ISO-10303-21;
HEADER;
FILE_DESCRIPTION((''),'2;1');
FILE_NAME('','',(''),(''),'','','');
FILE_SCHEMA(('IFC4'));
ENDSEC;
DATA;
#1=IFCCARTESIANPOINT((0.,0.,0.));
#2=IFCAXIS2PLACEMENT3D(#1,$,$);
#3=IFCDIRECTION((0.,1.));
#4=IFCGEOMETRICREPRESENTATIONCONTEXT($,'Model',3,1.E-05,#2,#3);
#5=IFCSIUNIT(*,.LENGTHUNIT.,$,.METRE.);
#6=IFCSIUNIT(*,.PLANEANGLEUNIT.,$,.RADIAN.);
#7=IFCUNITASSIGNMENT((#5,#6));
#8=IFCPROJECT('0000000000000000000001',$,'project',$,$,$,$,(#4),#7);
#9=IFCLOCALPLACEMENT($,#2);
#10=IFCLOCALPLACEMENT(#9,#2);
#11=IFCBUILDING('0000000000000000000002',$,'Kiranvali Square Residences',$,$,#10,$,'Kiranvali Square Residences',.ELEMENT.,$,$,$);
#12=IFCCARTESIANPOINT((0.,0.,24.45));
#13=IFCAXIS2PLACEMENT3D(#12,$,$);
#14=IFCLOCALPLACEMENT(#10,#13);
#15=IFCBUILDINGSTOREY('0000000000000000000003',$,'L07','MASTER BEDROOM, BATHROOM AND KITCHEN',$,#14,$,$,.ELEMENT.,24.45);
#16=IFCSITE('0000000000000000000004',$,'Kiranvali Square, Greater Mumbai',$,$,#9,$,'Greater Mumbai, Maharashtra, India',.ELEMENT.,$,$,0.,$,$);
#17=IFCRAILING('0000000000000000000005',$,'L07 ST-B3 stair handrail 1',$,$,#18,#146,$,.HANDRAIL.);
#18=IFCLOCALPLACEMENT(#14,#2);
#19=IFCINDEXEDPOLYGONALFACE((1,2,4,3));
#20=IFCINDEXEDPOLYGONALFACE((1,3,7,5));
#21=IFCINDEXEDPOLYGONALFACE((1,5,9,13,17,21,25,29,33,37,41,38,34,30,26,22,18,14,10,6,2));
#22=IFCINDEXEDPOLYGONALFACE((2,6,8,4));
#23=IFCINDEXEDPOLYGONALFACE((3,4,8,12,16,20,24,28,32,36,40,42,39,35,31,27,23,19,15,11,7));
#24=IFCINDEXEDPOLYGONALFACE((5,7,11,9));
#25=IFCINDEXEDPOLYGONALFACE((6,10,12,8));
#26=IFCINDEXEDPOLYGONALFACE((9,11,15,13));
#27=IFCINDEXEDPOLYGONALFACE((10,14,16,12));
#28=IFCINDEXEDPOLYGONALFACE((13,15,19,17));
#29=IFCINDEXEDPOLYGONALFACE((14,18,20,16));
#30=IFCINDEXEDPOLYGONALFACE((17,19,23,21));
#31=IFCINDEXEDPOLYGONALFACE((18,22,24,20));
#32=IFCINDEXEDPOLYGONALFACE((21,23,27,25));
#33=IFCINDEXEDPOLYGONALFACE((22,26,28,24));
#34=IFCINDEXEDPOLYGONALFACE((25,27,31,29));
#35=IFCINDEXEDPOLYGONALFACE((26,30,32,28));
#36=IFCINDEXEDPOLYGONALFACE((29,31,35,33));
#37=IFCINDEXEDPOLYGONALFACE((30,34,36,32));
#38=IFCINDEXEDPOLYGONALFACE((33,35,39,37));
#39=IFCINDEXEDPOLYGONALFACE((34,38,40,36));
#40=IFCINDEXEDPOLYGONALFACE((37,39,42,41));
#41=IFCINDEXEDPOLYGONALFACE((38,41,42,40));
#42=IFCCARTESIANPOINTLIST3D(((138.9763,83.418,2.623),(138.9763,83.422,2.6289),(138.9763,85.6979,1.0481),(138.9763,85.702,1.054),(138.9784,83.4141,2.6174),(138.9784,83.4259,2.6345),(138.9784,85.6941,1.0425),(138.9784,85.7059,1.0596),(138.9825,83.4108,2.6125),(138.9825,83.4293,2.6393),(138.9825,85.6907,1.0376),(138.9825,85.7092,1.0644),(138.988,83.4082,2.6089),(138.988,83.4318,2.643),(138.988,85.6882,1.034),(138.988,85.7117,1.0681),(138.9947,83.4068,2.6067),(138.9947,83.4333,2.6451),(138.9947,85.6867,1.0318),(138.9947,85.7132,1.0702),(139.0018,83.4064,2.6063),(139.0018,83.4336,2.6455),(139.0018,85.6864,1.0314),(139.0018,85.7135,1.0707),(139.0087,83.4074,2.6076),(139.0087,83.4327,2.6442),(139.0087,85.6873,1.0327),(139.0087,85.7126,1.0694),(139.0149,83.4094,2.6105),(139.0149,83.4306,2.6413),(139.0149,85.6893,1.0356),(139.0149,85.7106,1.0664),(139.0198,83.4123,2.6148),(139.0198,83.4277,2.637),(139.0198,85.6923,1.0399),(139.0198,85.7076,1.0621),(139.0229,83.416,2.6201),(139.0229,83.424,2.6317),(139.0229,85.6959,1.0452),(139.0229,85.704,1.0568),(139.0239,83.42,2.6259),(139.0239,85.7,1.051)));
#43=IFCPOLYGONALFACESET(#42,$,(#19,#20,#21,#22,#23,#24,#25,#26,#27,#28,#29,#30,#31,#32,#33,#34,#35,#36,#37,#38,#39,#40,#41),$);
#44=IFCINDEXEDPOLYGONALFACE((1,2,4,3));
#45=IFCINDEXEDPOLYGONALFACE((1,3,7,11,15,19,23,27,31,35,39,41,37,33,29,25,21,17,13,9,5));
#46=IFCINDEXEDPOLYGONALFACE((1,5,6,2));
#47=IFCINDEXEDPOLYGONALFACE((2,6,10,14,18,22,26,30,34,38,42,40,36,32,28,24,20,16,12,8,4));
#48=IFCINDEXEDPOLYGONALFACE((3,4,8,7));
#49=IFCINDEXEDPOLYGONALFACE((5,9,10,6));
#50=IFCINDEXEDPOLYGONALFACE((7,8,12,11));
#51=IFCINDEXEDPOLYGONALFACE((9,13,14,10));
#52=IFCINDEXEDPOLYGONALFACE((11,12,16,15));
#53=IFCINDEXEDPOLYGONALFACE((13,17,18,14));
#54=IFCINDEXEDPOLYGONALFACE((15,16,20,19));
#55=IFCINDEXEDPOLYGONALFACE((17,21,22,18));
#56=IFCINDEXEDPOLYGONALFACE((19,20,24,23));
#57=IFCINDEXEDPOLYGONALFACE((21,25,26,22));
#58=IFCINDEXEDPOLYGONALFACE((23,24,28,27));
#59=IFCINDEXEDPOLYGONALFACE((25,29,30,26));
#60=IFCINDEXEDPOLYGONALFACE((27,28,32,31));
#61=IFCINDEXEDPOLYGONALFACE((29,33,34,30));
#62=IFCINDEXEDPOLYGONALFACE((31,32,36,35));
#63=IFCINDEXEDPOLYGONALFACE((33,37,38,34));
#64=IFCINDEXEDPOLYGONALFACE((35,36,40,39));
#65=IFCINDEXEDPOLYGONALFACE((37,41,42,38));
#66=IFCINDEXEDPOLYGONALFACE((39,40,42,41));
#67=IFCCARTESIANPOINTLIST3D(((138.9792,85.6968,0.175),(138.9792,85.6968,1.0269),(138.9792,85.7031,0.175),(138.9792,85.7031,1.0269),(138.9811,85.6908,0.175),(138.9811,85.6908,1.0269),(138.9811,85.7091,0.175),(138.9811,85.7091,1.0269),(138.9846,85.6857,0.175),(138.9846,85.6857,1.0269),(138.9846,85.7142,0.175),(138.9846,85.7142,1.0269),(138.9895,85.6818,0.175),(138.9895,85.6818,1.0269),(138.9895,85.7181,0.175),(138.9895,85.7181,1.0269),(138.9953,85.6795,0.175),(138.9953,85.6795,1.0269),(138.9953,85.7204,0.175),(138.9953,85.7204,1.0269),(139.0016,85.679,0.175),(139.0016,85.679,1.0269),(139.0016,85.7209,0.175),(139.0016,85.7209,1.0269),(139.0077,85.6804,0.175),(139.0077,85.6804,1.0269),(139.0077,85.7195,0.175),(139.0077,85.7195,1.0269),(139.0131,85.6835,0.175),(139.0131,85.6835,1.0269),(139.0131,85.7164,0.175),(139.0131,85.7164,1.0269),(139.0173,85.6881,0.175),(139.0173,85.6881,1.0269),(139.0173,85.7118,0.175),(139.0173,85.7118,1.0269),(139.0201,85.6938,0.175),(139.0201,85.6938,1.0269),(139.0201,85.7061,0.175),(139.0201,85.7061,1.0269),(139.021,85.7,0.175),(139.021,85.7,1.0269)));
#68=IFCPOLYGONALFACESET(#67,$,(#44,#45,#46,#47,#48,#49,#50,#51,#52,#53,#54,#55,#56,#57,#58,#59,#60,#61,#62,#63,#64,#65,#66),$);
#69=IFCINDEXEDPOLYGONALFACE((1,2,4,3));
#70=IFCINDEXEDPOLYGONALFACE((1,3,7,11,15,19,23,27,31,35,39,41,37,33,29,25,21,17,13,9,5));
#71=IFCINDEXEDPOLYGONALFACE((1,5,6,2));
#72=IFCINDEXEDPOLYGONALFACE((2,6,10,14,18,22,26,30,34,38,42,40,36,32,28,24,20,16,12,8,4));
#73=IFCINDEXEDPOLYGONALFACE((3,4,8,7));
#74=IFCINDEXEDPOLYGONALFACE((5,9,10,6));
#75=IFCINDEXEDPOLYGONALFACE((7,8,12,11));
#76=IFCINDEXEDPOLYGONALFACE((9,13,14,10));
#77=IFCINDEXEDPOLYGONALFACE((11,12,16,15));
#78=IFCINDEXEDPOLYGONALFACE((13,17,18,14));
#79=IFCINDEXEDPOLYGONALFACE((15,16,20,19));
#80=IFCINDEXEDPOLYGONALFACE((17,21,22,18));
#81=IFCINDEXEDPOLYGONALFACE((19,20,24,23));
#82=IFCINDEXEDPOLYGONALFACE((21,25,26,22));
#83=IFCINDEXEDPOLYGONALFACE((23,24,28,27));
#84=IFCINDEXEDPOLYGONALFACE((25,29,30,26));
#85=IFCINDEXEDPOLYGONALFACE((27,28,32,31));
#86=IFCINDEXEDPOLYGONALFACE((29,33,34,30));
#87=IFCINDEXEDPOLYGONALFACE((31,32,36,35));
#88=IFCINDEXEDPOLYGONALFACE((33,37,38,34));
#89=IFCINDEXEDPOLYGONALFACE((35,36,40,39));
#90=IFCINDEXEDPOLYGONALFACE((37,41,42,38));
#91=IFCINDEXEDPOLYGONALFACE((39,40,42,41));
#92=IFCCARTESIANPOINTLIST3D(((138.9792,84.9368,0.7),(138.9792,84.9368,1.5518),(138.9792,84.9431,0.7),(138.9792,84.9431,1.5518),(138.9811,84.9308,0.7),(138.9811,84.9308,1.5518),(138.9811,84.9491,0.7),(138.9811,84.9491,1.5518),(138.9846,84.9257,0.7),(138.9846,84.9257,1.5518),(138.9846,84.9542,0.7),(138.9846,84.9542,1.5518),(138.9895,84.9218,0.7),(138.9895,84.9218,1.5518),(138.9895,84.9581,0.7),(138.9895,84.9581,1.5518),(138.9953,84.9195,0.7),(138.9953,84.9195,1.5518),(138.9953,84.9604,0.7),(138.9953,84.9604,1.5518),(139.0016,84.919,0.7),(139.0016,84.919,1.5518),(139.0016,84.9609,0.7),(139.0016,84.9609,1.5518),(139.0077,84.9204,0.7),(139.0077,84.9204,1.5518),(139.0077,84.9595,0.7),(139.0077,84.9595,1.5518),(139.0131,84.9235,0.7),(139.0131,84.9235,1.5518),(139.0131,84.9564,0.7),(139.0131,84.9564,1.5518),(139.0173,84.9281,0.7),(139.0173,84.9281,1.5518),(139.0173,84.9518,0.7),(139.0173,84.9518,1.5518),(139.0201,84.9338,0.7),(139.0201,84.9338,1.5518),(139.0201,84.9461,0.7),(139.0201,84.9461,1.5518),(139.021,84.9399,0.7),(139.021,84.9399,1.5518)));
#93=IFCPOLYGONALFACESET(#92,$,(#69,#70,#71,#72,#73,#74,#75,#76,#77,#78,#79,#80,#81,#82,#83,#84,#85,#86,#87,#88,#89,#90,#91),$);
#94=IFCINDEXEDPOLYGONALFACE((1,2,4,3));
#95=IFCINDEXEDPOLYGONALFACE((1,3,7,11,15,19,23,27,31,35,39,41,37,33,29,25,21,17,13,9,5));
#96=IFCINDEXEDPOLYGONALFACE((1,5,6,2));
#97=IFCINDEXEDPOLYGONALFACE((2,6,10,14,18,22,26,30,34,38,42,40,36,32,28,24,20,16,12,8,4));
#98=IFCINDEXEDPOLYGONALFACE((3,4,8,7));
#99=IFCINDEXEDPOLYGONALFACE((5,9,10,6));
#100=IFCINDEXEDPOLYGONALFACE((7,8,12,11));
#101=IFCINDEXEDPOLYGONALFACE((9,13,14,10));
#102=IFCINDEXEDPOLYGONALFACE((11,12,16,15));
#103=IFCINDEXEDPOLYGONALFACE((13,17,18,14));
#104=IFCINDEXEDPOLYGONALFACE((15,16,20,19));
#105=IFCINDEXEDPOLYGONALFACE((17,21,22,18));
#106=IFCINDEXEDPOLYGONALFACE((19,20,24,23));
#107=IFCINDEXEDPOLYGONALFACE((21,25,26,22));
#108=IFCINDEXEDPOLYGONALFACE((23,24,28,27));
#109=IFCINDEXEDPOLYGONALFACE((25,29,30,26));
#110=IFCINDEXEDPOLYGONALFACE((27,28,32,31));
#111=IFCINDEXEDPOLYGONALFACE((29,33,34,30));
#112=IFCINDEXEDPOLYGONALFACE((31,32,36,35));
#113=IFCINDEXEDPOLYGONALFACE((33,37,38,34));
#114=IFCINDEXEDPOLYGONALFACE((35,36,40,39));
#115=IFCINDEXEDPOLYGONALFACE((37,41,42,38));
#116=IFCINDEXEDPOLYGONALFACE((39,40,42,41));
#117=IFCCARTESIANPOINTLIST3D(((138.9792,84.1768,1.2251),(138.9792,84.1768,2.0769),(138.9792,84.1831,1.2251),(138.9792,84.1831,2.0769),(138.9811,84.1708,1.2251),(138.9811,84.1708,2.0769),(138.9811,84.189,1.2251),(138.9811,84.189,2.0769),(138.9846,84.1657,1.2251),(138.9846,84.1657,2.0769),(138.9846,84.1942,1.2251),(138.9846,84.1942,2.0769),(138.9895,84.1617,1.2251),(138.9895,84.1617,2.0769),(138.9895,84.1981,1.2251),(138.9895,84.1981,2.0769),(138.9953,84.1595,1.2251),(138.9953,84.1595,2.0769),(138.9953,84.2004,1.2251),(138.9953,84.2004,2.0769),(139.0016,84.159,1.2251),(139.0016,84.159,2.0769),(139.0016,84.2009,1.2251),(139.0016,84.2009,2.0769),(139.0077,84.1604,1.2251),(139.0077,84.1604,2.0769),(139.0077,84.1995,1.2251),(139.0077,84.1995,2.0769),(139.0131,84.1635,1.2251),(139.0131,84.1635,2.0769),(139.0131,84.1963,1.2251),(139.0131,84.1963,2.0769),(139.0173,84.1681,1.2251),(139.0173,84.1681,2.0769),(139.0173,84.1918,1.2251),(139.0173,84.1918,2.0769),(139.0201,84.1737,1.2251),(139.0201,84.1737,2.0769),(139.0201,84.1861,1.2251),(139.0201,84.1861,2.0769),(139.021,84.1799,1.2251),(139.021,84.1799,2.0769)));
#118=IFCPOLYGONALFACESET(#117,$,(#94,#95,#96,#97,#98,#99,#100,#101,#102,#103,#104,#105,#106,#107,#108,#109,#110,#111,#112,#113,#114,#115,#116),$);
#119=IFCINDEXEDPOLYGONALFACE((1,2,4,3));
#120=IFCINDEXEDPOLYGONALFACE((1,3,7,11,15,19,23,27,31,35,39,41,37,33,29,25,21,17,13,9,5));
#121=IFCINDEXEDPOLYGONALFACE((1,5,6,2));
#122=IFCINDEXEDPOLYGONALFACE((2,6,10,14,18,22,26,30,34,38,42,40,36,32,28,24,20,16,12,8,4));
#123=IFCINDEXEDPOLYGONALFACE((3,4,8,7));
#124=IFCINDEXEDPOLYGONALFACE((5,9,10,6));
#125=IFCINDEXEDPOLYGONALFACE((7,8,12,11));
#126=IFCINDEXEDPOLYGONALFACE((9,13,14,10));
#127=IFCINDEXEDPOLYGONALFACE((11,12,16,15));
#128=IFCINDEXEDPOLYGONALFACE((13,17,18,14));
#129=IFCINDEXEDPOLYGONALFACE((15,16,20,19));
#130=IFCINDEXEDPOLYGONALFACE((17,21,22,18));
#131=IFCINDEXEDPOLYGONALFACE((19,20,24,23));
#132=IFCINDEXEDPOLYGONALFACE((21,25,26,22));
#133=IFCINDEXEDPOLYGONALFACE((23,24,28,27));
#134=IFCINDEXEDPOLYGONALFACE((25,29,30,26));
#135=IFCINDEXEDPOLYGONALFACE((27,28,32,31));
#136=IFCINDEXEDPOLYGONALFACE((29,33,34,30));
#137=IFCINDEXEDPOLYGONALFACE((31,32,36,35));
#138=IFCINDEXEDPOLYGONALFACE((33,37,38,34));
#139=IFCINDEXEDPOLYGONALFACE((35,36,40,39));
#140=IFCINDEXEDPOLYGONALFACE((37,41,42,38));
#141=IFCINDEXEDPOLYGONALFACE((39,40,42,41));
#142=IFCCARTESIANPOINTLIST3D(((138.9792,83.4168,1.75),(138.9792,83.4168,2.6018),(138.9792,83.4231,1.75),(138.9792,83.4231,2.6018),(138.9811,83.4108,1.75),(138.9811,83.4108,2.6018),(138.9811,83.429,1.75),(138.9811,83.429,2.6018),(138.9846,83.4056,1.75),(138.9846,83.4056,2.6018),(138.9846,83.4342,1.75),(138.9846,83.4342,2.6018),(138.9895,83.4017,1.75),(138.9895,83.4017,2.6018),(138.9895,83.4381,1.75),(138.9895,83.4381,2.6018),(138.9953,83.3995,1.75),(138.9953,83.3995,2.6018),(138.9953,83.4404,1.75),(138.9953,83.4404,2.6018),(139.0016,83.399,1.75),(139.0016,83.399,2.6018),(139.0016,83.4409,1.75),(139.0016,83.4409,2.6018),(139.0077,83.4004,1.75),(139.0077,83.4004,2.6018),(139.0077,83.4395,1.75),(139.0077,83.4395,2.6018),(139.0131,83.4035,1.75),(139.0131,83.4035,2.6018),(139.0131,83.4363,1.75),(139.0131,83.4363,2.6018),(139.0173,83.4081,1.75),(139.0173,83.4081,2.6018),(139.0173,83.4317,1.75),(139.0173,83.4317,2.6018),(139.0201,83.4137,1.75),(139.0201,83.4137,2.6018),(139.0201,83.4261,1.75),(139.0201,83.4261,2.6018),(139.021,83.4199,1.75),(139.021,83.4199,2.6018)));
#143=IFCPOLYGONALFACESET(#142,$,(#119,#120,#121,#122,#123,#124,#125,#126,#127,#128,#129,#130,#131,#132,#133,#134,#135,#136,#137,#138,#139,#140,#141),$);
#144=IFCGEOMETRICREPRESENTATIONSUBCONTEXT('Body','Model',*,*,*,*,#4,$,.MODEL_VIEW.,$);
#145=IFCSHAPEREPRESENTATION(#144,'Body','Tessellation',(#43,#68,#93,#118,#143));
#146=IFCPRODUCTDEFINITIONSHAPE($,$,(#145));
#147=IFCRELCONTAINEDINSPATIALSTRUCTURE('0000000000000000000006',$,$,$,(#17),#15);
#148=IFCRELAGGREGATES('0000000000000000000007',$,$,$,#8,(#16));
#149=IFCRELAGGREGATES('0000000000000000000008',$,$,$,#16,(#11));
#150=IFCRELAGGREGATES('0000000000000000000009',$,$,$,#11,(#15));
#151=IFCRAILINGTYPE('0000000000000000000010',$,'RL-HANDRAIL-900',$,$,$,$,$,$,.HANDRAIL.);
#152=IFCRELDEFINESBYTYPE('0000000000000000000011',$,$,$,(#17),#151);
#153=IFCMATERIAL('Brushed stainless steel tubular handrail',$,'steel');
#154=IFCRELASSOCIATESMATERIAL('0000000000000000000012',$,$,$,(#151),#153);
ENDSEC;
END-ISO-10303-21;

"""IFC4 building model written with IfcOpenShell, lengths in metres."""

from ifc_helpers import new_model, si_unit, direction, frame, origin, origin_2d, place, context, subcontext, project, spatial, circle, extrude, material, type_object, element, save


model = new_model("IFC4")

# Units and contexts
model_context = context("Model", 3, precision=1e-05, world=origin(), true_north=direction((0.0, 1.0)))
body_context = subcontext(model_context, "Body", "Model", "MODEL_VIEW")
ifc_project = project(units=[si_unit("LENGTHUNIT", "METRE"), si_unit("PLANEANGLEUNIT", "RADIAN")], contexts=[model_context])

# Site, building, storey
site_placement = place(None, origin())
site = spatial("IfcSite", under=ifc_project, at=site_placement, Name="Kiranvali Square, Greater Mumbai", LongName="Greater Mumbai, Maharashtra, India", CompositionType="ELEMENT", RefElevation=0.0)
building_placement = place(site_placement, origin())
building = spatial("IfcBuilding", under=site, at=building_placement, Name="Kiranvali Square Residences", LongName="Kiranvali Square Residences", CompositionType="ELEMENT")
storey_placement = place(building_placement, frame((0.0, 0.0, 24.45)))
storey = spatial("IfcBuildingStorey", under=building, at=storey_placement, Name="L07", Description="MASTER BEDROOM, BATHROOM AND KITCHEN", CompositionType="ELEMENT", Elevation=24.45)

# Railing
ifc_material_1 = material(Name="Brushed stainless steel tubular handrail", Category="steel")
railing_type_1 = type_object("IfcRailingType", Name="RL-HANDRAIL-900", PredefinedType="HANDRAIL", material=ifc_material_1)
railing_1_placement = place(storey_placement, frame((139.0, 85.7, 0.175)))
element("IfcRailing", 1, at=railing_1_placement, inside=storey, type_object=railing_type_1, Name="L07 ST-B3 stair handrail 1", PredefinedType="HANDRAIL", context=body_context, shape_type="SweptSolid", body=[
    extrude(circle(Radius=0.0239, at=origin_2d()), frame((0.0, 0.0, 0.876), z_axis=(0.0, -0.822788, 0.568348), x_axis=(1.0, 0.0, 0.0)), (0.0, 0.0, 1.0), 2.771),
    extrude(circle(Radius=0.021, at=origin_2d()), origin(), (0.0, 0.0, 1.0), 0.8518),
    extrude(circle(Radius=0.021, at=origin_2d()), frame((0.0, -0.76, 0.5249)), (0.0, 0.0, 1.0), 0.8518),
    extrude(circle(Radius=0.021, at=origin_2d()), frame((0.0, -1.52, 1.05)), (0.0, 0.0, 1.0), 0.8518),
    extrude(circle(Radius=0.021, at=origin_2d()), frame((0.0, -2.28, 1.575)), (0.0, 0.0, 1.0), 0.8518),
])

save(model, "model.ifc")
